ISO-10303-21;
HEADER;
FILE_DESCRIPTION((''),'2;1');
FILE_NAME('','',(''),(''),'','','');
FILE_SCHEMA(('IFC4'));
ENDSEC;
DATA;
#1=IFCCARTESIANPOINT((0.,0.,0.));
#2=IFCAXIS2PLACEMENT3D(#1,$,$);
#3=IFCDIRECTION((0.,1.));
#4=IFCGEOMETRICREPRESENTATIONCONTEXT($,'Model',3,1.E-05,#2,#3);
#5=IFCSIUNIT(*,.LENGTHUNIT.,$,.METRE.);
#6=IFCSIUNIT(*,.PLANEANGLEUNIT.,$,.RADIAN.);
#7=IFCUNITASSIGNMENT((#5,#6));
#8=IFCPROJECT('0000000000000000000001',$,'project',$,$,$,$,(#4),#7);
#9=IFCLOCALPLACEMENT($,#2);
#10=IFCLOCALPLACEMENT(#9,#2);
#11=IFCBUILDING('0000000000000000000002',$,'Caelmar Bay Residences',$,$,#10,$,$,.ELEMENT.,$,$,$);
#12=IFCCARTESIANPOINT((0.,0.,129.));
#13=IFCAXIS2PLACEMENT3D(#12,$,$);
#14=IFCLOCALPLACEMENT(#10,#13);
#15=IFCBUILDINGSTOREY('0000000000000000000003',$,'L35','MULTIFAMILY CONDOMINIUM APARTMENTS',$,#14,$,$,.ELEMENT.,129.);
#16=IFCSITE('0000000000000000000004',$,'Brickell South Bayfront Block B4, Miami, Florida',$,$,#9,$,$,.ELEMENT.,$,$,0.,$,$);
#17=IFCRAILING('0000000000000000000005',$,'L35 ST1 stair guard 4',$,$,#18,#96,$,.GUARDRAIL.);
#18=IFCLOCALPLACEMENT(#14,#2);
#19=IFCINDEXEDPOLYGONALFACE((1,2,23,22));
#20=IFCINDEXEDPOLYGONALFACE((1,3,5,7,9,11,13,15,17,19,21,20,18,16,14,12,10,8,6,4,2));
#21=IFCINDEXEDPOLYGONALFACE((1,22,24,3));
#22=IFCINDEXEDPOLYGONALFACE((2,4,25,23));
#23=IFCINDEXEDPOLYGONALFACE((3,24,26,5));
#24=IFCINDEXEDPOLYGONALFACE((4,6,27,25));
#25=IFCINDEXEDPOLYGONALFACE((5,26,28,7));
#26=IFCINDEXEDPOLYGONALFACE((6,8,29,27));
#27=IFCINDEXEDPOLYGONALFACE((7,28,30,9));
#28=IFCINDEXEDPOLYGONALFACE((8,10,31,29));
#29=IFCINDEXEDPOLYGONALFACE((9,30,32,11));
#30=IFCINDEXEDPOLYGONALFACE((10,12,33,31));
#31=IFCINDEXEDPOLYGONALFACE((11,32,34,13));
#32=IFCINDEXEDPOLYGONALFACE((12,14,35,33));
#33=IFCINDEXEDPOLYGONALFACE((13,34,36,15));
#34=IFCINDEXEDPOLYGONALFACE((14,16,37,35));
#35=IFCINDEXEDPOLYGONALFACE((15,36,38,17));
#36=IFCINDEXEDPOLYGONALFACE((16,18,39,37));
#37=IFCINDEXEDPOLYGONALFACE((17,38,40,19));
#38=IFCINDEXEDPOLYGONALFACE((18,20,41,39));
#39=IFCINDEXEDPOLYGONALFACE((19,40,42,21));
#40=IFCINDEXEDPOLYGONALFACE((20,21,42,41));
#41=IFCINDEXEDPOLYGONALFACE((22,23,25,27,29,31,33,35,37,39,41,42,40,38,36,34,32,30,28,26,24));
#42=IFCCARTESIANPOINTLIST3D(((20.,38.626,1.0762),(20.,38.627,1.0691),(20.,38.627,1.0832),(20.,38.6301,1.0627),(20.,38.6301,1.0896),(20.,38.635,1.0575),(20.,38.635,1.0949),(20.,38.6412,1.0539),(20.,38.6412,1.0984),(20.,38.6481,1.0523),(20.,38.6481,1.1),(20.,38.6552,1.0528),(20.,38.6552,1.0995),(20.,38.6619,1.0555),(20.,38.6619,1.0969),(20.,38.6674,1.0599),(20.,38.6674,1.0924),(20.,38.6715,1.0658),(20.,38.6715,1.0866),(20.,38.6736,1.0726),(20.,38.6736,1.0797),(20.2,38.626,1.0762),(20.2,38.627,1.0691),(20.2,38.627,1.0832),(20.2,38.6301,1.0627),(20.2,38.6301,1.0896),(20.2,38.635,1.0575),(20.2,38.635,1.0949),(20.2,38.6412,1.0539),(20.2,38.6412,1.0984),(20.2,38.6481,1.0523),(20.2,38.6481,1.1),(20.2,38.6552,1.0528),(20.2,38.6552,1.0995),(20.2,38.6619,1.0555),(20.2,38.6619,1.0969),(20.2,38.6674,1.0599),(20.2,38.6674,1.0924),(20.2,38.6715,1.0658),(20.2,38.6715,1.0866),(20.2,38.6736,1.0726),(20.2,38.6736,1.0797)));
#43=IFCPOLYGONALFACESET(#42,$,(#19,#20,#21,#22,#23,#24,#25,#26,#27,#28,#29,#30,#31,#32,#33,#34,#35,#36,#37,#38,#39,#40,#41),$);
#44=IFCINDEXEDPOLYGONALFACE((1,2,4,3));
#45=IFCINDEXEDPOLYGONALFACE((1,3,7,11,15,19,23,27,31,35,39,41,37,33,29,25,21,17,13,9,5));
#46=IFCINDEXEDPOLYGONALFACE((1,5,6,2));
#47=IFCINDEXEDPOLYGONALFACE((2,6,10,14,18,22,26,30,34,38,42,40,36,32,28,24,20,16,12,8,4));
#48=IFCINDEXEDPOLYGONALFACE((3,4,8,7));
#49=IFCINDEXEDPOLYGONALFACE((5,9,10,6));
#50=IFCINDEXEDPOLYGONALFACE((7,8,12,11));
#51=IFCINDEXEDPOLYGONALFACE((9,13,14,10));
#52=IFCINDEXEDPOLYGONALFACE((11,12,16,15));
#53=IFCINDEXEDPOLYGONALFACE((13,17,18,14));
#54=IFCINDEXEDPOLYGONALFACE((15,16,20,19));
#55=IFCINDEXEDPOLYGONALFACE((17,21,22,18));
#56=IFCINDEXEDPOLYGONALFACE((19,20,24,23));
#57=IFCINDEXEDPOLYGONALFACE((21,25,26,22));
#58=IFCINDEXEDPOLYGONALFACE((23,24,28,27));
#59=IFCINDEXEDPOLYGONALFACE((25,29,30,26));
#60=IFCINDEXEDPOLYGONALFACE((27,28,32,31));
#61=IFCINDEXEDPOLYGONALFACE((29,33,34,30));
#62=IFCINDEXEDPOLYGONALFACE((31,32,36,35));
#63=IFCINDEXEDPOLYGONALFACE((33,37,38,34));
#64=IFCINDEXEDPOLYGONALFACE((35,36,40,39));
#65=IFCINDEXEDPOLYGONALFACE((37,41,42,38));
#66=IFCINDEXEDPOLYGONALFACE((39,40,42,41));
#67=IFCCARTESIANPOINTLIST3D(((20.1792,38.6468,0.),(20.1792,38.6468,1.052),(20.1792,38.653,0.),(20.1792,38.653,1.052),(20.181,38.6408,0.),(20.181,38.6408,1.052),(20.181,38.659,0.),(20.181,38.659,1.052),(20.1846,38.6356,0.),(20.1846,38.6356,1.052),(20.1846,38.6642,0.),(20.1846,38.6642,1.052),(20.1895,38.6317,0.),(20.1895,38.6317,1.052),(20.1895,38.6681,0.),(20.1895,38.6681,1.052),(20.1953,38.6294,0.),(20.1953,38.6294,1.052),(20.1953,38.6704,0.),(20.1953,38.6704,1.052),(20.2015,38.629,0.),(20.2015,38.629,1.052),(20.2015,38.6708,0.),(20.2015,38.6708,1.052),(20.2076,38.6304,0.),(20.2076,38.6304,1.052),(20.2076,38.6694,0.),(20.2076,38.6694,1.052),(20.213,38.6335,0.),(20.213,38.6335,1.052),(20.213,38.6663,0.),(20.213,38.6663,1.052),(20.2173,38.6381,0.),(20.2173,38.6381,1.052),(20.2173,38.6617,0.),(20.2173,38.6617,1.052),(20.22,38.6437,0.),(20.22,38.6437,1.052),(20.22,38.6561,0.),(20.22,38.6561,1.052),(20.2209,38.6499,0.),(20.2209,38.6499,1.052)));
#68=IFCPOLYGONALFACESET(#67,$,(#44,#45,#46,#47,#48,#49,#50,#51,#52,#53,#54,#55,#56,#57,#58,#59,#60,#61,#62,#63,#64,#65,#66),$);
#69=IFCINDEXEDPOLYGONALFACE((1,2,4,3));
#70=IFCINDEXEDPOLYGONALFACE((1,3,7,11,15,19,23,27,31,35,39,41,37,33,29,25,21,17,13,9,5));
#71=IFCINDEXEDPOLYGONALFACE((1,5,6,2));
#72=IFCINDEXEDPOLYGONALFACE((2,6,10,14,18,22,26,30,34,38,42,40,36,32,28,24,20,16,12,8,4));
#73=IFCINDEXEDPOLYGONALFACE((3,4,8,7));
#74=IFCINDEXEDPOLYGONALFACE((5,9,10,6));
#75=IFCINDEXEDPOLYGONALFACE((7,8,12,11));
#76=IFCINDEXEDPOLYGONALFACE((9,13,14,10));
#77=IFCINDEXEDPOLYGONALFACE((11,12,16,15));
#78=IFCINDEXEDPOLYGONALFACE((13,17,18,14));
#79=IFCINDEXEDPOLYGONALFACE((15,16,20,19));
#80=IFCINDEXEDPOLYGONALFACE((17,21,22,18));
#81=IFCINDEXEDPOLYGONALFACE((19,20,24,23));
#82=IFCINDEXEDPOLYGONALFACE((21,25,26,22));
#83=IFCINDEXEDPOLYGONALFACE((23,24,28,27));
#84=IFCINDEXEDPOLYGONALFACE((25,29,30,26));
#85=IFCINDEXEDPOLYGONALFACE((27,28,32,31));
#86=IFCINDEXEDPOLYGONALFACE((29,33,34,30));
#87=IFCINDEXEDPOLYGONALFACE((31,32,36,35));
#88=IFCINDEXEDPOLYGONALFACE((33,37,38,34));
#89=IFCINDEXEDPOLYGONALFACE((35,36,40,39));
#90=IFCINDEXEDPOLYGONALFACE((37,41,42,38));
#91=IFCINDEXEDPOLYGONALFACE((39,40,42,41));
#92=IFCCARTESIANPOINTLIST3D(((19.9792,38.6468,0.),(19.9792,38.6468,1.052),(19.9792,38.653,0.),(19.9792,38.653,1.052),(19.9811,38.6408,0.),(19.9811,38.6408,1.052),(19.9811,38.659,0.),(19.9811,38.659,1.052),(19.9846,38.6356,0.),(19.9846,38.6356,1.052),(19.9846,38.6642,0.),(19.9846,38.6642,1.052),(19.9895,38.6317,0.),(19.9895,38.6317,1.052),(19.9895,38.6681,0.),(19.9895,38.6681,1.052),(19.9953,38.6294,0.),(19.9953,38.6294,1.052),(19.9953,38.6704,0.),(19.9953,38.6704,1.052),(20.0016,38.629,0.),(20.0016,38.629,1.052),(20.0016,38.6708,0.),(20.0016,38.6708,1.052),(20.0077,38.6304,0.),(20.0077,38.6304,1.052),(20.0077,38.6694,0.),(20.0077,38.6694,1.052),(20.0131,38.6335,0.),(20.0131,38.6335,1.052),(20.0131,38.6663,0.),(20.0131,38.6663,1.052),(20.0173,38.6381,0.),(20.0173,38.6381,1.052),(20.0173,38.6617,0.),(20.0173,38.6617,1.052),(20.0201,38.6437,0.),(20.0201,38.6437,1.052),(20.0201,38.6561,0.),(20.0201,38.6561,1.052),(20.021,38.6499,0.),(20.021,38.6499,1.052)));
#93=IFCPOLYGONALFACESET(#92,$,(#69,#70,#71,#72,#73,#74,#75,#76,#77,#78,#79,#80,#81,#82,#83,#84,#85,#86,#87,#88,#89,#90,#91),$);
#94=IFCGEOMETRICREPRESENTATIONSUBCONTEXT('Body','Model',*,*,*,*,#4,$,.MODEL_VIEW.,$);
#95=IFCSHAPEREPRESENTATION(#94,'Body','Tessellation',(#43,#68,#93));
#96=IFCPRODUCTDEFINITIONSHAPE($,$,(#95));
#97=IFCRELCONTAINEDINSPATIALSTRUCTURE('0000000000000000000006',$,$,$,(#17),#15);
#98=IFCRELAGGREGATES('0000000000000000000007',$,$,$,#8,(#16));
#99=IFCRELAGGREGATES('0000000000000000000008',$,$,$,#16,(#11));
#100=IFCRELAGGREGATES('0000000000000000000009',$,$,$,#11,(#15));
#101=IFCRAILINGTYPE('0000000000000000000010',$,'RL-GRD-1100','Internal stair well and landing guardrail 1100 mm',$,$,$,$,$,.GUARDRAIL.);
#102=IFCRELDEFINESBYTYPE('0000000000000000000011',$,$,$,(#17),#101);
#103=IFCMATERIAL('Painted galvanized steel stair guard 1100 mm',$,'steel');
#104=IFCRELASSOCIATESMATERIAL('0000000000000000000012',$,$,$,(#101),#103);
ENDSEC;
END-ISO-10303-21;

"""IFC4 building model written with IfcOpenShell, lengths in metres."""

from ifc_helpers import new_model, si_unit, direction, frame, origin, origin_2d, place, context, subcontext, project, spatial, circle, extrude, material, type_object, element, save


model = new_model("IFC4")

# Units and contexts
model_context = context("Model", 3, precision=1e-05, world=origin(), true_north=direction((0.0, 1.0)))
body_context = subcontext(model_context, "Body", "Model", "MODEL_VIEW")
ifc_project = project(units=[si_unit("LENGTHUNIT", "METRE"), si_unit("PLANEANGLEUNIT", "RADIAN")], contexts=[model_context])

# Site, building, storey
site_placement = place(None, origin())
site = spatial("IfcSite", under=ifc_project, at=site_placement, Name="Brickell South Bayfront Block B4, Miami, Florida", CompositionType="ELEMENT", RefElevation=0.0)
building_placement = place(site_placement, origin())
building = spatial("IfcBuilding", under=site, at=building_placement, Name="Caelmar Bay Residences", CompositionType="ELEMENT")
storey_placement = place(building_placement, frame((0.0, 0.0, 129.0)))
storey = spatial("IfcBuildingStorey", under=building, at=storey_placement, Name="L35", Description="MULTIFAMILY CONDOMINIUM APARTMENTS", CompositionType="ELEMENT", Elevation=129.0)

# Railing
ifc_material_1 = material(Name="Painted galvanized steel stair guard 1100 mm", Category="steel")
railing_type_1 = type_object("IfcRailingType", Name="RL-GRD-1100", Description="Internal stair well and landing guardrail 1100 mm", PredefinedType="GUARDRAIL", material=ifc_material_1)
railing_1_placement = place(storey_placement, frame((20.2, 38.6499, 0.0)))
element("IfcRailing", 1, at=railing_1_placement, inside=storey, type_object=railing_type_1, Name="L35 ST1 stair guard 4", PredefinedType="GUARDRAIL", context=body_context, shape_type="SweptSolid", body=[
    extrude(circle(Radius=0.0239, at=origin_2d()), frame((0.0, 0.0, 1.0762), z_axis=(-1.0, 0.0, 0.0), x_axis=(0.0, -1.0, 0.0)), (0.0, 0.0, 1.0), 0.2),
    extrude(circle(Radius=0.021, at=origin_2d()), origin(), (0.0, 0.0, 1.0), 1.052),
    extrude(circle(Radius=0.021, at=origin_2d()), frame((-0.2, 0.0, 0.0)), (0.0, 0.0, 1.0), 1.052),
])

save(model, "model.ifc")
